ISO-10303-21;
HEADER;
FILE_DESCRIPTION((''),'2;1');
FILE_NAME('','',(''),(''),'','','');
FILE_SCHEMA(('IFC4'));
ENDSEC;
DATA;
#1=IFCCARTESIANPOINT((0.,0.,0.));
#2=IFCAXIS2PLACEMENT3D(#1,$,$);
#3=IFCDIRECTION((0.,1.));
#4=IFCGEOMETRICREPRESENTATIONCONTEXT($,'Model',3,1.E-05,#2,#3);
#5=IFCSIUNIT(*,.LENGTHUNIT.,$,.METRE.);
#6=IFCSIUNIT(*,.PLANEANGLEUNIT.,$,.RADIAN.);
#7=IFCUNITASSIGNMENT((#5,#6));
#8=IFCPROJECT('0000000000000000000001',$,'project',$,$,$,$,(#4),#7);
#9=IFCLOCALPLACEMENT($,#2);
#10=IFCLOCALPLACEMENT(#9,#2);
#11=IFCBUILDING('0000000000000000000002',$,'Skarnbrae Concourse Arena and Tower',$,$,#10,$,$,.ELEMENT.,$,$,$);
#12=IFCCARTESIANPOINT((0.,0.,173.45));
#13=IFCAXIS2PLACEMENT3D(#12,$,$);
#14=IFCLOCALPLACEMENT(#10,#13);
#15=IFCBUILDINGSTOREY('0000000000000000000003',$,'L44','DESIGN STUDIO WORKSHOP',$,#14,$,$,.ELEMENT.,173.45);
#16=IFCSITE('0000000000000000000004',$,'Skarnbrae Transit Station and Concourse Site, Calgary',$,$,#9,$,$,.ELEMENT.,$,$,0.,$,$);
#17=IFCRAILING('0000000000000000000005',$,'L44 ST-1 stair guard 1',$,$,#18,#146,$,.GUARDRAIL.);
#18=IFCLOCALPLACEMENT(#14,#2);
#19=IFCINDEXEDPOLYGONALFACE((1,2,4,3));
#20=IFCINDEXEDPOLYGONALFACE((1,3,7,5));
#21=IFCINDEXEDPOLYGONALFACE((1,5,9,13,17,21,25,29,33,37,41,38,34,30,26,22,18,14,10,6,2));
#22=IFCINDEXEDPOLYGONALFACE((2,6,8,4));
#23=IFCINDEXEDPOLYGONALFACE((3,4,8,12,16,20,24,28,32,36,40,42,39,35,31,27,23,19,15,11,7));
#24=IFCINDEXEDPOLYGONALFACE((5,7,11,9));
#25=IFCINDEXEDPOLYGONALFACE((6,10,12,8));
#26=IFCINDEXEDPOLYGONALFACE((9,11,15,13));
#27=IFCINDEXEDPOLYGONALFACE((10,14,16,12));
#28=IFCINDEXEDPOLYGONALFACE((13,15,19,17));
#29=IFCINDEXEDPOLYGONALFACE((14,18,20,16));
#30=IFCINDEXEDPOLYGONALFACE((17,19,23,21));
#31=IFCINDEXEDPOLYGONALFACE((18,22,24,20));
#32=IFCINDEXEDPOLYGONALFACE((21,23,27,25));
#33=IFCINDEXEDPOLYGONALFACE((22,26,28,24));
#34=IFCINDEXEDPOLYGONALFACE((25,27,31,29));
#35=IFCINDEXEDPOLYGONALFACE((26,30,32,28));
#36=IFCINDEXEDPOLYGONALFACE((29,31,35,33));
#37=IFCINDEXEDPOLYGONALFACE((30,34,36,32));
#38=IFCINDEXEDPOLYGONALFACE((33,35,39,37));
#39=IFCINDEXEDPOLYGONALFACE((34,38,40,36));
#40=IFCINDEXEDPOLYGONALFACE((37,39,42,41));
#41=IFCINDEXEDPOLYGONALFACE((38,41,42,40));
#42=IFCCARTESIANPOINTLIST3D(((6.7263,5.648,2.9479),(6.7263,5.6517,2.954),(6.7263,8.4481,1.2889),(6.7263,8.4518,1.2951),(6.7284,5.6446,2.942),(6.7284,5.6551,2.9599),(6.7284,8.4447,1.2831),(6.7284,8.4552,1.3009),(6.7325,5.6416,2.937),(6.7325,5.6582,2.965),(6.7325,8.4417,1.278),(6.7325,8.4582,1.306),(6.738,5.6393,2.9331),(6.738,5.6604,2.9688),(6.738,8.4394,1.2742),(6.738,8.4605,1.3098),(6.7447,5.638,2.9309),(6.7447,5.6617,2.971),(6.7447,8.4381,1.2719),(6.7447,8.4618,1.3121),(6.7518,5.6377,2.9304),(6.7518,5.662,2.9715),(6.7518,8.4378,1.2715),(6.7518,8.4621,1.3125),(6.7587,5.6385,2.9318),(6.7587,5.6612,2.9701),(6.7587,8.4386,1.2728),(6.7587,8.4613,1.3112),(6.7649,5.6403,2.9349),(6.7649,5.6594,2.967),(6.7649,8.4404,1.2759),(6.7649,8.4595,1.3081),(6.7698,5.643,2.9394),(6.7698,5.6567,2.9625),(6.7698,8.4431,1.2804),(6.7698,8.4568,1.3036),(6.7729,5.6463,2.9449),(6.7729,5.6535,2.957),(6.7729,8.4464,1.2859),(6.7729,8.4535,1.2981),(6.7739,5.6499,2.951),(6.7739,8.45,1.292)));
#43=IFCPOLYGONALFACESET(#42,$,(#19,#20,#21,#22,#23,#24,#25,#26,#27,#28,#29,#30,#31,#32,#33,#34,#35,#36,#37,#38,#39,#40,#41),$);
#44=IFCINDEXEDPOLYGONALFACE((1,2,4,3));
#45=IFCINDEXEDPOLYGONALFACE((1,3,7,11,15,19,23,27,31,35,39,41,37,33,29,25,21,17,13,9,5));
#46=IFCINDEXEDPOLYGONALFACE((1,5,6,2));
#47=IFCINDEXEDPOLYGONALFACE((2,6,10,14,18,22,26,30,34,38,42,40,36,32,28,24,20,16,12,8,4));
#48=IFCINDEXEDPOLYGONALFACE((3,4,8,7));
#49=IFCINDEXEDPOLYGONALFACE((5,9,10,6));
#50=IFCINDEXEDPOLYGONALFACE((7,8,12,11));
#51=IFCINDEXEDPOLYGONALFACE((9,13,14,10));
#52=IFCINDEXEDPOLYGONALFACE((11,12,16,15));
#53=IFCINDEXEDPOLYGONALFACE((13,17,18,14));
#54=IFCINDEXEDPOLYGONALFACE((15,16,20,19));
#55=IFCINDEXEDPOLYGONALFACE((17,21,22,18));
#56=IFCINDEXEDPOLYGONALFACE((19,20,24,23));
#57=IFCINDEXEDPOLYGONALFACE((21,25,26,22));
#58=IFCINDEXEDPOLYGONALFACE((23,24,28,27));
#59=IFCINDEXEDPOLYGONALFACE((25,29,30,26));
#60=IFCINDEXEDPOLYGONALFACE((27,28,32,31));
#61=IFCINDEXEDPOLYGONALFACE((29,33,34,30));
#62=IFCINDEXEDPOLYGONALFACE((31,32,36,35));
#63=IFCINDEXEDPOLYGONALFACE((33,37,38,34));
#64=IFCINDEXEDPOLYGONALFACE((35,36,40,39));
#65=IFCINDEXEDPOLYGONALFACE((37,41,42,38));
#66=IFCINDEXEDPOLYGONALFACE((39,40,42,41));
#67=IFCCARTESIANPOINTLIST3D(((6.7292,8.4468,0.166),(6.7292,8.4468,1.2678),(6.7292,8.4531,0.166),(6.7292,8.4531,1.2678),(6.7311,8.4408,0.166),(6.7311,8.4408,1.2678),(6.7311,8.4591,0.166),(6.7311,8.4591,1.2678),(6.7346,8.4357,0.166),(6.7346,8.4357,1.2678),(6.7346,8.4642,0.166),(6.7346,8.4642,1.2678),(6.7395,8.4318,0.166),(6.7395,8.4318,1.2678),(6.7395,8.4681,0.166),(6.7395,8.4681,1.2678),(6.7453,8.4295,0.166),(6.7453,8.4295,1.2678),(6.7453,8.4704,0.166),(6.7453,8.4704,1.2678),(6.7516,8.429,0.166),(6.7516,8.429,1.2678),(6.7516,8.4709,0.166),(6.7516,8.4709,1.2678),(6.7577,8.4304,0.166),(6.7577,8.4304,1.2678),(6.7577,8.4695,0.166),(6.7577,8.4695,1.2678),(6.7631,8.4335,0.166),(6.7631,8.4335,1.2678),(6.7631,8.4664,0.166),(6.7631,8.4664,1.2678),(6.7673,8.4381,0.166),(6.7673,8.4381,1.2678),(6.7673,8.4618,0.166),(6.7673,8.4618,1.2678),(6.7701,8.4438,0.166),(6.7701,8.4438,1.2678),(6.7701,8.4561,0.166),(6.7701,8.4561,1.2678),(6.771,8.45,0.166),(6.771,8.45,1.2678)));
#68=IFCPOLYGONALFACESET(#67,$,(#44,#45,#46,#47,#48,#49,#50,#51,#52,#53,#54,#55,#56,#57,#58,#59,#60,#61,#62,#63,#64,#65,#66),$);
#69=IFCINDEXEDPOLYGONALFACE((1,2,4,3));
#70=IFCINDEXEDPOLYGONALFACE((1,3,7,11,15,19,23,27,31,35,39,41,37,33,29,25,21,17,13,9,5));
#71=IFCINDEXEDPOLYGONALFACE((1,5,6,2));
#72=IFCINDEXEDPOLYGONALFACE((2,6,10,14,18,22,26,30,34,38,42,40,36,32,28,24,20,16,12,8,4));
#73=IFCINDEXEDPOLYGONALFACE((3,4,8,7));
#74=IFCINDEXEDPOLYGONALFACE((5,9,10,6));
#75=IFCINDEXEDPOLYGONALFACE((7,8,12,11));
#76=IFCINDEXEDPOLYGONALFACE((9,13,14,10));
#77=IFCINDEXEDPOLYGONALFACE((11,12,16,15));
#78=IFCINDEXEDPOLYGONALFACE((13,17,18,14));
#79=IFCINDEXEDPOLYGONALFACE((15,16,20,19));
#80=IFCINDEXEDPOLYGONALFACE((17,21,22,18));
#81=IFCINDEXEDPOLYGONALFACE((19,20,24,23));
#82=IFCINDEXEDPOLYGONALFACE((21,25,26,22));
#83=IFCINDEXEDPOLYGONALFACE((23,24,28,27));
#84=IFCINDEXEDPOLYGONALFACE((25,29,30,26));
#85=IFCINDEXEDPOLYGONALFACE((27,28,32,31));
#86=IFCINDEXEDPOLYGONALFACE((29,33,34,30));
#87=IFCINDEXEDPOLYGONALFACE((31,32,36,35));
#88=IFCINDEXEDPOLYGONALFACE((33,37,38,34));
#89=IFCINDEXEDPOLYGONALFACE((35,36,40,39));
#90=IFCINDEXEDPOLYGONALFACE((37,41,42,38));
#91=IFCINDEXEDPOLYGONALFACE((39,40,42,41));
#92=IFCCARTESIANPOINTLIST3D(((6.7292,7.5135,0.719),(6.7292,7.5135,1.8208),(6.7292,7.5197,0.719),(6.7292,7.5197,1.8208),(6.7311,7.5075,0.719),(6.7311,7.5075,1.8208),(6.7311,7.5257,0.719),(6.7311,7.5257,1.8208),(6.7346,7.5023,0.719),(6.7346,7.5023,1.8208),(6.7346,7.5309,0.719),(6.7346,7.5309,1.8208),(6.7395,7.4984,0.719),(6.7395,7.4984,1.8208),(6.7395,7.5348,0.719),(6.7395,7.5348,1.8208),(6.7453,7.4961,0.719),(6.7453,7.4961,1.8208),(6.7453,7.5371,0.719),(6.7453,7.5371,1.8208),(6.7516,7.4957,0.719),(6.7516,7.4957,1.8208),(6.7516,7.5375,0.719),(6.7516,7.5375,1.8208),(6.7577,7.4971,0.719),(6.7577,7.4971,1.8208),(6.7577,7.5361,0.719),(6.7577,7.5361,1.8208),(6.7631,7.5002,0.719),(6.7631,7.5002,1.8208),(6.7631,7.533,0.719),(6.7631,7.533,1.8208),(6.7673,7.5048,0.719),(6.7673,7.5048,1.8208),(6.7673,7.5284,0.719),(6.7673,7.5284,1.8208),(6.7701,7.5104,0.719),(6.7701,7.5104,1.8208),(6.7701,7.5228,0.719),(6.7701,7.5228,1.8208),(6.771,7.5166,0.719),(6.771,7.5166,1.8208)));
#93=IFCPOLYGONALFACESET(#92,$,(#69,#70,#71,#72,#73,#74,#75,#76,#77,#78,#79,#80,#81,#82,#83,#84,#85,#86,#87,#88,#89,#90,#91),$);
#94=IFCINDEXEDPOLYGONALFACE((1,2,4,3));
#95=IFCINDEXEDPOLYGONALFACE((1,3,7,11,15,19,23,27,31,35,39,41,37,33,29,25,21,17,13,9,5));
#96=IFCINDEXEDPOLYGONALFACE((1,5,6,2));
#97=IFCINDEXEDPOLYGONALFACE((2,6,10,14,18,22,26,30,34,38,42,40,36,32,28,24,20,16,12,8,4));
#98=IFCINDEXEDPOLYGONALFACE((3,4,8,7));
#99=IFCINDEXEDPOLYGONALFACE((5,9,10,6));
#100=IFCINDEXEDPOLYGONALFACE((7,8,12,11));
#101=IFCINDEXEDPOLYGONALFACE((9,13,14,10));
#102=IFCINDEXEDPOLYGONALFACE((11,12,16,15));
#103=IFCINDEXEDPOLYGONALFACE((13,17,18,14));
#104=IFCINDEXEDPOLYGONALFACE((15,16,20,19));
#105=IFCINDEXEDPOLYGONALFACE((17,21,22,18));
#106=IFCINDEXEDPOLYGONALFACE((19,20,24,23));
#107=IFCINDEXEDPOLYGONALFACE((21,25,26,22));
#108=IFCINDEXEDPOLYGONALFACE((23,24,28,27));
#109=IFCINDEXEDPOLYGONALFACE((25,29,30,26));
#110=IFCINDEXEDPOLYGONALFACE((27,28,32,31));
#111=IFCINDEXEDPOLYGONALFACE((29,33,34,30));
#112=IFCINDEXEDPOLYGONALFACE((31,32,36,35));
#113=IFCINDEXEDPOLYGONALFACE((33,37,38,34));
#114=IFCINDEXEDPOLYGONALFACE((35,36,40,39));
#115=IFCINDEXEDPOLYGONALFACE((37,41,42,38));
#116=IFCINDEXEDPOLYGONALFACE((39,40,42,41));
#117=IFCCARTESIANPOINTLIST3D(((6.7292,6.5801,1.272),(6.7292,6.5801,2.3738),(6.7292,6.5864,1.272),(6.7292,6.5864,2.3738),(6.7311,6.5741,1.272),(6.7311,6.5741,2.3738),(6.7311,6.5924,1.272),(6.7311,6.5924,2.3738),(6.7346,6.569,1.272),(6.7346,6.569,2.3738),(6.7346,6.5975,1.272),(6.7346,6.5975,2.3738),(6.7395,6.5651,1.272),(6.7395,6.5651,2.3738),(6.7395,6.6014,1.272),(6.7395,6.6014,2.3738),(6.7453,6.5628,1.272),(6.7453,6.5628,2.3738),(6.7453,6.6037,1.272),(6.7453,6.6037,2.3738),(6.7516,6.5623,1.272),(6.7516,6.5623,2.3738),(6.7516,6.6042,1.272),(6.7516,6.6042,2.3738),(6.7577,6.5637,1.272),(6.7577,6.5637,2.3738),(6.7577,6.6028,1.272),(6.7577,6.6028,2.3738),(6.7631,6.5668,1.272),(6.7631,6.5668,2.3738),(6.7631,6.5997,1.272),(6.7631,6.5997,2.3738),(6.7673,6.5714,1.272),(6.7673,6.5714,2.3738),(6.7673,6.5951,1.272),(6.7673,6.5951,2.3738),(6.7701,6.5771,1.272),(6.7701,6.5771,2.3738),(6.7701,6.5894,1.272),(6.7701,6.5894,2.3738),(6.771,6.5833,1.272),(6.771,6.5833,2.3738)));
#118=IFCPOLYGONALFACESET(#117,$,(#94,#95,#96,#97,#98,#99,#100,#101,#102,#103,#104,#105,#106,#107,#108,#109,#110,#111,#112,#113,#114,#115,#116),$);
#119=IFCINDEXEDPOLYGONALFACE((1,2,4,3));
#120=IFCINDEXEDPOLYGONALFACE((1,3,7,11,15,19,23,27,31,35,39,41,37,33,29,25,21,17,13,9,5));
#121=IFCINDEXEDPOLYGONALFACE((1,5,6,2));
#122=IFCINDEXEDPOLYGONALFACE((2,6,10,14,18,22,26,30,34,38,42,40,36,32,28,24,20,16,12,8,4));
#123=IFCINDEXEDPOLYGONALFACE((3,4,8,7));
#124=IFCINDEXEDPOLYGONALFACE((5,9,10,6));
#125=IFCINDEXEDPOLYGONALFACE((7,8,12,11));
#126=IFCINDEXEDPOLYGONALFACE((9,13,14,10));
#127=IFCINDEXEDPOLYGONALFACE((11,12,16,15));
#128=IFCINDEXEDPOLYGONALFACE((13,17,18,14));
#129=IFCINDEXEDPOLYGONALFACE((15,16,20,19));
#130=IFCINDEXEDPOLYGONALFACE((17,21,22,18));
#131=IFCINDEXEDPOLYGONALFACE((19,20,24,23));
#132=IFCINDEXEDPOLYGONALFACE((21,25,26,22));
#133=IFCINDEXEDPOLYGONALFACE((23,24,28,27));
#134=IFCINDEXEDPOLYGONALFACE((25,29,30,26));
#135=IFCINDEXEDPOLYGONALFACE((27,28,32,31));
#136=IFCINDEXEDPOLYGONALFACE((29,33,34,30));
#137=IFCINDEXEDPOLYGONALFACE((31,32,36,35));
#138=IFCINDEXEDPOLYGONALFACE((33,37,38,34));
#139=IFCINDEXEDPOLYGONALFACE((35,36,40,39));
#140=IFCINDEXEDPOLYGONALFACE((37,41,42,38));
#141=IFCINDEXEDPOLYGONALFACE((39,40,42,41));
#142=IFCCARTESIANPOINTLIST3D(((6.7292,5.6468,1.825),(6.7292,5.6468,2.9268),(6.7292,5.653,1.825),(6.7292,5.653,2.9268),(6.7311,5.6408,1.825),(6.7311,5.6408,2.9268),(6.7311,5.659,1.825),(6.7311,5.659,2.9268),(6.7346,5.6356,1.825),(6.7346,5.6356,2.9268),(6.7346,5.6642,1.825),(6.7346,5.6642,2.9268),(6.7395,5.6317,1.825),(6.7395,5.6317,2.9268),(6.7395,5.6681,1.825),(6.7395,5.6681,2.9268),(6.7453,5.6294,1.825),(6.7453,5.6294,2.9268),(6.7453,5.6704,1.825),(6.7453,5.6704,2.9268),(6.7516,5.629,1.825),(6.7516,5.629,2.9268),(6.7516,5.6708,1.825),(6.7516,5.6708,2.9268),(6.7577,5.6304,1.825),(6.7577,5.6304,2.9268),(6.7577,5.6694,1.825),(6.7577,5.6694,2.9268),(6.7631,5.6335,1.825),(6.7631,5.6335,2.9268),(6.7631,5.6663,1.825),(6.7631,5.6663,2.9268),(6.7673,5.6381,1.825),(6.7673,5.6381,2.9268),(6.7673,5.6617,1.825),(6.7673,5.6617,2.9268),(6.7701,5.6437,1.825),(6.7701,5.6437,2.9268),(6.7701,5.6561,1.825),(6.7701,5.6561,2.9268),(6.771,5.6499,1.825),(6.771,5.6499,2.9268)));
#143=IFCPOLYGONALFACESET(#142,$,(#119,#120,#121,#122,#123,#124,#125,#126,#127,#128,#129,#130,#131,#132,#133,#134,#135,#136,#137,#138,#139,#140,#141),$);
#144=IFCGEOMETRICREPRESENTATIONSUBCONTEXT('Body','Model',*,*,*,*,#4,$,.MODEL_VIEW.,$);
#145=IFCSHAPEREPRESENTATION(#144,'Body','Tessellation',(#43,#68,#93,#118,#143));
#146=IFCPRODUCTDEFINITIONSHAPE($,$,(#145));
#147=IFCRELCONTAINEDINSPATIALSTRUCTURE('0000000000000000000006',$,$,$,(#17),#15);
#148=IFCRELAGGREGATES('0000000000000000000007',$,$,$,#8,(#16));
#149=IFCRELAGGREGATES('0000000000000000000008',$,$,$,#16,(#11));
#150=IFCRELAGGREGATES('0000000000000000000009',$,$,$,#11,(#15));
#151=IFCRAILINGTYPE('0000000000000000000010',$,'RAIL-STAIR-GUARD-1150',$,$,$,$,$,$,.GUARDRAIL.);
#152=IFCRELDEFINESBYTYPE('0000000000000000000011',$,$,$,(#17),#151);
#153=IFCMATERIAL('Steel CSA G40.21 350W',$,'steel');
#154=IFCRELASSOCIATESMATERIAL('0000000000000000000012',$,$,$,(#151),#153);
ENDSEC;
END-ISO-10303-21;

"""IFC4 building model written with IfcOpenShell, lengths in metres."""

from ifc_helpers import new_model, si_unit, direction, frame, origin, origin_2d, place, context, subcontext, project, spatial, circle, extrude, material, type_object, element, save


model = new_model("IFC4")

# Units and contexts
model_context = context("Model", 3, precision=1e-05, world=origin(), true_north=direction((0.0, 1.0)))
body_context = subcontext(model_context, "Body", "Model", "MODEL_VIEW")
ifc_project = project(units=[si_unit("LENGTHUNIT", "METRE"), si_unit("PLANEANGLEUNIT", "RADIAN")], contexts=[model_context])

# Site, building, storey
site_placement = place(None, origin())
site = spatial("IfcSite", under=ifc_project, at=site_placement, Name="Skarnbrae Transit Station and Concourse Site, Calgary", CompositionType="ELEMENT", RefElevation=0.0)
building_placement = place(site_placement, origin())
building = spatial("IfcBuilding", under=site, at=building_placement, Name="Skarnbrae Concourse Arena and Tower", CompositionType="ELEMENT")
storey_placement = place(building_placement, frame((0.0, 0.0, 173.45)))
storey = spatial("IfcBuildingStorey", under=building, at=storey_placement, Name="L44", Description="DESIGN STUDIO WORKSHOP", CompositionType="ELEMENT", Elevation=173.45)

# Shared definitions
ifc_material_1 = material(Name="Steel CSA G40.21 350W", Category="steel")

# Railing
railing_type_1 = type_object("IfcRailingType", Name="RAIL-STAIR-GUARD-1150", PredefinedType="GUARDRAIL", material=ifc_material_1)
railing_1_placement = place(storey_placement, frame((6.75, 8.45, 0.166)))
element("IfcRailing", 1, at=railing_1_placement, inside=storey, type_object=railing_type_1, Name="L44 ST-1 stair guard 1", PredefinedType="GUARDRAIL", context=body_context, shape_type="SweptSolid", body=[
    extrude(circle(Radius=0.0239, at=origin_2d()), frame((0.0, 0.0, 1.126), z_axis=(0.0, -0.860339, 0.509722), x_axis=(1.0, 0.0, 0.0)), (0.0, 0.0, 1.0), 3.2546),
    extrude(circle(Radius=0.021, at=origin_2d()), origin(), (0.0, 0.0, 1.0), 1.1018),
    extrude(circle(Radius=0.021, at=origin_2d()), frame((0.0, -0.9333, 0.553)), (0.0, 0.0, 1.0), 1.1018),
    extrude(circle(Radius=0.021, at=origin_2d()), frame((0.0, -1.8667, 1.106)), (0.0, 0.0, 1.0), 1.1018),
    extrude(circle(Radius=0.021, at=origin_2d()), frame((0.0, -2.8, 1.6589)), (0.0, 0.0, 1.0), 1.1018),
])

save(model, "model.ifc")
